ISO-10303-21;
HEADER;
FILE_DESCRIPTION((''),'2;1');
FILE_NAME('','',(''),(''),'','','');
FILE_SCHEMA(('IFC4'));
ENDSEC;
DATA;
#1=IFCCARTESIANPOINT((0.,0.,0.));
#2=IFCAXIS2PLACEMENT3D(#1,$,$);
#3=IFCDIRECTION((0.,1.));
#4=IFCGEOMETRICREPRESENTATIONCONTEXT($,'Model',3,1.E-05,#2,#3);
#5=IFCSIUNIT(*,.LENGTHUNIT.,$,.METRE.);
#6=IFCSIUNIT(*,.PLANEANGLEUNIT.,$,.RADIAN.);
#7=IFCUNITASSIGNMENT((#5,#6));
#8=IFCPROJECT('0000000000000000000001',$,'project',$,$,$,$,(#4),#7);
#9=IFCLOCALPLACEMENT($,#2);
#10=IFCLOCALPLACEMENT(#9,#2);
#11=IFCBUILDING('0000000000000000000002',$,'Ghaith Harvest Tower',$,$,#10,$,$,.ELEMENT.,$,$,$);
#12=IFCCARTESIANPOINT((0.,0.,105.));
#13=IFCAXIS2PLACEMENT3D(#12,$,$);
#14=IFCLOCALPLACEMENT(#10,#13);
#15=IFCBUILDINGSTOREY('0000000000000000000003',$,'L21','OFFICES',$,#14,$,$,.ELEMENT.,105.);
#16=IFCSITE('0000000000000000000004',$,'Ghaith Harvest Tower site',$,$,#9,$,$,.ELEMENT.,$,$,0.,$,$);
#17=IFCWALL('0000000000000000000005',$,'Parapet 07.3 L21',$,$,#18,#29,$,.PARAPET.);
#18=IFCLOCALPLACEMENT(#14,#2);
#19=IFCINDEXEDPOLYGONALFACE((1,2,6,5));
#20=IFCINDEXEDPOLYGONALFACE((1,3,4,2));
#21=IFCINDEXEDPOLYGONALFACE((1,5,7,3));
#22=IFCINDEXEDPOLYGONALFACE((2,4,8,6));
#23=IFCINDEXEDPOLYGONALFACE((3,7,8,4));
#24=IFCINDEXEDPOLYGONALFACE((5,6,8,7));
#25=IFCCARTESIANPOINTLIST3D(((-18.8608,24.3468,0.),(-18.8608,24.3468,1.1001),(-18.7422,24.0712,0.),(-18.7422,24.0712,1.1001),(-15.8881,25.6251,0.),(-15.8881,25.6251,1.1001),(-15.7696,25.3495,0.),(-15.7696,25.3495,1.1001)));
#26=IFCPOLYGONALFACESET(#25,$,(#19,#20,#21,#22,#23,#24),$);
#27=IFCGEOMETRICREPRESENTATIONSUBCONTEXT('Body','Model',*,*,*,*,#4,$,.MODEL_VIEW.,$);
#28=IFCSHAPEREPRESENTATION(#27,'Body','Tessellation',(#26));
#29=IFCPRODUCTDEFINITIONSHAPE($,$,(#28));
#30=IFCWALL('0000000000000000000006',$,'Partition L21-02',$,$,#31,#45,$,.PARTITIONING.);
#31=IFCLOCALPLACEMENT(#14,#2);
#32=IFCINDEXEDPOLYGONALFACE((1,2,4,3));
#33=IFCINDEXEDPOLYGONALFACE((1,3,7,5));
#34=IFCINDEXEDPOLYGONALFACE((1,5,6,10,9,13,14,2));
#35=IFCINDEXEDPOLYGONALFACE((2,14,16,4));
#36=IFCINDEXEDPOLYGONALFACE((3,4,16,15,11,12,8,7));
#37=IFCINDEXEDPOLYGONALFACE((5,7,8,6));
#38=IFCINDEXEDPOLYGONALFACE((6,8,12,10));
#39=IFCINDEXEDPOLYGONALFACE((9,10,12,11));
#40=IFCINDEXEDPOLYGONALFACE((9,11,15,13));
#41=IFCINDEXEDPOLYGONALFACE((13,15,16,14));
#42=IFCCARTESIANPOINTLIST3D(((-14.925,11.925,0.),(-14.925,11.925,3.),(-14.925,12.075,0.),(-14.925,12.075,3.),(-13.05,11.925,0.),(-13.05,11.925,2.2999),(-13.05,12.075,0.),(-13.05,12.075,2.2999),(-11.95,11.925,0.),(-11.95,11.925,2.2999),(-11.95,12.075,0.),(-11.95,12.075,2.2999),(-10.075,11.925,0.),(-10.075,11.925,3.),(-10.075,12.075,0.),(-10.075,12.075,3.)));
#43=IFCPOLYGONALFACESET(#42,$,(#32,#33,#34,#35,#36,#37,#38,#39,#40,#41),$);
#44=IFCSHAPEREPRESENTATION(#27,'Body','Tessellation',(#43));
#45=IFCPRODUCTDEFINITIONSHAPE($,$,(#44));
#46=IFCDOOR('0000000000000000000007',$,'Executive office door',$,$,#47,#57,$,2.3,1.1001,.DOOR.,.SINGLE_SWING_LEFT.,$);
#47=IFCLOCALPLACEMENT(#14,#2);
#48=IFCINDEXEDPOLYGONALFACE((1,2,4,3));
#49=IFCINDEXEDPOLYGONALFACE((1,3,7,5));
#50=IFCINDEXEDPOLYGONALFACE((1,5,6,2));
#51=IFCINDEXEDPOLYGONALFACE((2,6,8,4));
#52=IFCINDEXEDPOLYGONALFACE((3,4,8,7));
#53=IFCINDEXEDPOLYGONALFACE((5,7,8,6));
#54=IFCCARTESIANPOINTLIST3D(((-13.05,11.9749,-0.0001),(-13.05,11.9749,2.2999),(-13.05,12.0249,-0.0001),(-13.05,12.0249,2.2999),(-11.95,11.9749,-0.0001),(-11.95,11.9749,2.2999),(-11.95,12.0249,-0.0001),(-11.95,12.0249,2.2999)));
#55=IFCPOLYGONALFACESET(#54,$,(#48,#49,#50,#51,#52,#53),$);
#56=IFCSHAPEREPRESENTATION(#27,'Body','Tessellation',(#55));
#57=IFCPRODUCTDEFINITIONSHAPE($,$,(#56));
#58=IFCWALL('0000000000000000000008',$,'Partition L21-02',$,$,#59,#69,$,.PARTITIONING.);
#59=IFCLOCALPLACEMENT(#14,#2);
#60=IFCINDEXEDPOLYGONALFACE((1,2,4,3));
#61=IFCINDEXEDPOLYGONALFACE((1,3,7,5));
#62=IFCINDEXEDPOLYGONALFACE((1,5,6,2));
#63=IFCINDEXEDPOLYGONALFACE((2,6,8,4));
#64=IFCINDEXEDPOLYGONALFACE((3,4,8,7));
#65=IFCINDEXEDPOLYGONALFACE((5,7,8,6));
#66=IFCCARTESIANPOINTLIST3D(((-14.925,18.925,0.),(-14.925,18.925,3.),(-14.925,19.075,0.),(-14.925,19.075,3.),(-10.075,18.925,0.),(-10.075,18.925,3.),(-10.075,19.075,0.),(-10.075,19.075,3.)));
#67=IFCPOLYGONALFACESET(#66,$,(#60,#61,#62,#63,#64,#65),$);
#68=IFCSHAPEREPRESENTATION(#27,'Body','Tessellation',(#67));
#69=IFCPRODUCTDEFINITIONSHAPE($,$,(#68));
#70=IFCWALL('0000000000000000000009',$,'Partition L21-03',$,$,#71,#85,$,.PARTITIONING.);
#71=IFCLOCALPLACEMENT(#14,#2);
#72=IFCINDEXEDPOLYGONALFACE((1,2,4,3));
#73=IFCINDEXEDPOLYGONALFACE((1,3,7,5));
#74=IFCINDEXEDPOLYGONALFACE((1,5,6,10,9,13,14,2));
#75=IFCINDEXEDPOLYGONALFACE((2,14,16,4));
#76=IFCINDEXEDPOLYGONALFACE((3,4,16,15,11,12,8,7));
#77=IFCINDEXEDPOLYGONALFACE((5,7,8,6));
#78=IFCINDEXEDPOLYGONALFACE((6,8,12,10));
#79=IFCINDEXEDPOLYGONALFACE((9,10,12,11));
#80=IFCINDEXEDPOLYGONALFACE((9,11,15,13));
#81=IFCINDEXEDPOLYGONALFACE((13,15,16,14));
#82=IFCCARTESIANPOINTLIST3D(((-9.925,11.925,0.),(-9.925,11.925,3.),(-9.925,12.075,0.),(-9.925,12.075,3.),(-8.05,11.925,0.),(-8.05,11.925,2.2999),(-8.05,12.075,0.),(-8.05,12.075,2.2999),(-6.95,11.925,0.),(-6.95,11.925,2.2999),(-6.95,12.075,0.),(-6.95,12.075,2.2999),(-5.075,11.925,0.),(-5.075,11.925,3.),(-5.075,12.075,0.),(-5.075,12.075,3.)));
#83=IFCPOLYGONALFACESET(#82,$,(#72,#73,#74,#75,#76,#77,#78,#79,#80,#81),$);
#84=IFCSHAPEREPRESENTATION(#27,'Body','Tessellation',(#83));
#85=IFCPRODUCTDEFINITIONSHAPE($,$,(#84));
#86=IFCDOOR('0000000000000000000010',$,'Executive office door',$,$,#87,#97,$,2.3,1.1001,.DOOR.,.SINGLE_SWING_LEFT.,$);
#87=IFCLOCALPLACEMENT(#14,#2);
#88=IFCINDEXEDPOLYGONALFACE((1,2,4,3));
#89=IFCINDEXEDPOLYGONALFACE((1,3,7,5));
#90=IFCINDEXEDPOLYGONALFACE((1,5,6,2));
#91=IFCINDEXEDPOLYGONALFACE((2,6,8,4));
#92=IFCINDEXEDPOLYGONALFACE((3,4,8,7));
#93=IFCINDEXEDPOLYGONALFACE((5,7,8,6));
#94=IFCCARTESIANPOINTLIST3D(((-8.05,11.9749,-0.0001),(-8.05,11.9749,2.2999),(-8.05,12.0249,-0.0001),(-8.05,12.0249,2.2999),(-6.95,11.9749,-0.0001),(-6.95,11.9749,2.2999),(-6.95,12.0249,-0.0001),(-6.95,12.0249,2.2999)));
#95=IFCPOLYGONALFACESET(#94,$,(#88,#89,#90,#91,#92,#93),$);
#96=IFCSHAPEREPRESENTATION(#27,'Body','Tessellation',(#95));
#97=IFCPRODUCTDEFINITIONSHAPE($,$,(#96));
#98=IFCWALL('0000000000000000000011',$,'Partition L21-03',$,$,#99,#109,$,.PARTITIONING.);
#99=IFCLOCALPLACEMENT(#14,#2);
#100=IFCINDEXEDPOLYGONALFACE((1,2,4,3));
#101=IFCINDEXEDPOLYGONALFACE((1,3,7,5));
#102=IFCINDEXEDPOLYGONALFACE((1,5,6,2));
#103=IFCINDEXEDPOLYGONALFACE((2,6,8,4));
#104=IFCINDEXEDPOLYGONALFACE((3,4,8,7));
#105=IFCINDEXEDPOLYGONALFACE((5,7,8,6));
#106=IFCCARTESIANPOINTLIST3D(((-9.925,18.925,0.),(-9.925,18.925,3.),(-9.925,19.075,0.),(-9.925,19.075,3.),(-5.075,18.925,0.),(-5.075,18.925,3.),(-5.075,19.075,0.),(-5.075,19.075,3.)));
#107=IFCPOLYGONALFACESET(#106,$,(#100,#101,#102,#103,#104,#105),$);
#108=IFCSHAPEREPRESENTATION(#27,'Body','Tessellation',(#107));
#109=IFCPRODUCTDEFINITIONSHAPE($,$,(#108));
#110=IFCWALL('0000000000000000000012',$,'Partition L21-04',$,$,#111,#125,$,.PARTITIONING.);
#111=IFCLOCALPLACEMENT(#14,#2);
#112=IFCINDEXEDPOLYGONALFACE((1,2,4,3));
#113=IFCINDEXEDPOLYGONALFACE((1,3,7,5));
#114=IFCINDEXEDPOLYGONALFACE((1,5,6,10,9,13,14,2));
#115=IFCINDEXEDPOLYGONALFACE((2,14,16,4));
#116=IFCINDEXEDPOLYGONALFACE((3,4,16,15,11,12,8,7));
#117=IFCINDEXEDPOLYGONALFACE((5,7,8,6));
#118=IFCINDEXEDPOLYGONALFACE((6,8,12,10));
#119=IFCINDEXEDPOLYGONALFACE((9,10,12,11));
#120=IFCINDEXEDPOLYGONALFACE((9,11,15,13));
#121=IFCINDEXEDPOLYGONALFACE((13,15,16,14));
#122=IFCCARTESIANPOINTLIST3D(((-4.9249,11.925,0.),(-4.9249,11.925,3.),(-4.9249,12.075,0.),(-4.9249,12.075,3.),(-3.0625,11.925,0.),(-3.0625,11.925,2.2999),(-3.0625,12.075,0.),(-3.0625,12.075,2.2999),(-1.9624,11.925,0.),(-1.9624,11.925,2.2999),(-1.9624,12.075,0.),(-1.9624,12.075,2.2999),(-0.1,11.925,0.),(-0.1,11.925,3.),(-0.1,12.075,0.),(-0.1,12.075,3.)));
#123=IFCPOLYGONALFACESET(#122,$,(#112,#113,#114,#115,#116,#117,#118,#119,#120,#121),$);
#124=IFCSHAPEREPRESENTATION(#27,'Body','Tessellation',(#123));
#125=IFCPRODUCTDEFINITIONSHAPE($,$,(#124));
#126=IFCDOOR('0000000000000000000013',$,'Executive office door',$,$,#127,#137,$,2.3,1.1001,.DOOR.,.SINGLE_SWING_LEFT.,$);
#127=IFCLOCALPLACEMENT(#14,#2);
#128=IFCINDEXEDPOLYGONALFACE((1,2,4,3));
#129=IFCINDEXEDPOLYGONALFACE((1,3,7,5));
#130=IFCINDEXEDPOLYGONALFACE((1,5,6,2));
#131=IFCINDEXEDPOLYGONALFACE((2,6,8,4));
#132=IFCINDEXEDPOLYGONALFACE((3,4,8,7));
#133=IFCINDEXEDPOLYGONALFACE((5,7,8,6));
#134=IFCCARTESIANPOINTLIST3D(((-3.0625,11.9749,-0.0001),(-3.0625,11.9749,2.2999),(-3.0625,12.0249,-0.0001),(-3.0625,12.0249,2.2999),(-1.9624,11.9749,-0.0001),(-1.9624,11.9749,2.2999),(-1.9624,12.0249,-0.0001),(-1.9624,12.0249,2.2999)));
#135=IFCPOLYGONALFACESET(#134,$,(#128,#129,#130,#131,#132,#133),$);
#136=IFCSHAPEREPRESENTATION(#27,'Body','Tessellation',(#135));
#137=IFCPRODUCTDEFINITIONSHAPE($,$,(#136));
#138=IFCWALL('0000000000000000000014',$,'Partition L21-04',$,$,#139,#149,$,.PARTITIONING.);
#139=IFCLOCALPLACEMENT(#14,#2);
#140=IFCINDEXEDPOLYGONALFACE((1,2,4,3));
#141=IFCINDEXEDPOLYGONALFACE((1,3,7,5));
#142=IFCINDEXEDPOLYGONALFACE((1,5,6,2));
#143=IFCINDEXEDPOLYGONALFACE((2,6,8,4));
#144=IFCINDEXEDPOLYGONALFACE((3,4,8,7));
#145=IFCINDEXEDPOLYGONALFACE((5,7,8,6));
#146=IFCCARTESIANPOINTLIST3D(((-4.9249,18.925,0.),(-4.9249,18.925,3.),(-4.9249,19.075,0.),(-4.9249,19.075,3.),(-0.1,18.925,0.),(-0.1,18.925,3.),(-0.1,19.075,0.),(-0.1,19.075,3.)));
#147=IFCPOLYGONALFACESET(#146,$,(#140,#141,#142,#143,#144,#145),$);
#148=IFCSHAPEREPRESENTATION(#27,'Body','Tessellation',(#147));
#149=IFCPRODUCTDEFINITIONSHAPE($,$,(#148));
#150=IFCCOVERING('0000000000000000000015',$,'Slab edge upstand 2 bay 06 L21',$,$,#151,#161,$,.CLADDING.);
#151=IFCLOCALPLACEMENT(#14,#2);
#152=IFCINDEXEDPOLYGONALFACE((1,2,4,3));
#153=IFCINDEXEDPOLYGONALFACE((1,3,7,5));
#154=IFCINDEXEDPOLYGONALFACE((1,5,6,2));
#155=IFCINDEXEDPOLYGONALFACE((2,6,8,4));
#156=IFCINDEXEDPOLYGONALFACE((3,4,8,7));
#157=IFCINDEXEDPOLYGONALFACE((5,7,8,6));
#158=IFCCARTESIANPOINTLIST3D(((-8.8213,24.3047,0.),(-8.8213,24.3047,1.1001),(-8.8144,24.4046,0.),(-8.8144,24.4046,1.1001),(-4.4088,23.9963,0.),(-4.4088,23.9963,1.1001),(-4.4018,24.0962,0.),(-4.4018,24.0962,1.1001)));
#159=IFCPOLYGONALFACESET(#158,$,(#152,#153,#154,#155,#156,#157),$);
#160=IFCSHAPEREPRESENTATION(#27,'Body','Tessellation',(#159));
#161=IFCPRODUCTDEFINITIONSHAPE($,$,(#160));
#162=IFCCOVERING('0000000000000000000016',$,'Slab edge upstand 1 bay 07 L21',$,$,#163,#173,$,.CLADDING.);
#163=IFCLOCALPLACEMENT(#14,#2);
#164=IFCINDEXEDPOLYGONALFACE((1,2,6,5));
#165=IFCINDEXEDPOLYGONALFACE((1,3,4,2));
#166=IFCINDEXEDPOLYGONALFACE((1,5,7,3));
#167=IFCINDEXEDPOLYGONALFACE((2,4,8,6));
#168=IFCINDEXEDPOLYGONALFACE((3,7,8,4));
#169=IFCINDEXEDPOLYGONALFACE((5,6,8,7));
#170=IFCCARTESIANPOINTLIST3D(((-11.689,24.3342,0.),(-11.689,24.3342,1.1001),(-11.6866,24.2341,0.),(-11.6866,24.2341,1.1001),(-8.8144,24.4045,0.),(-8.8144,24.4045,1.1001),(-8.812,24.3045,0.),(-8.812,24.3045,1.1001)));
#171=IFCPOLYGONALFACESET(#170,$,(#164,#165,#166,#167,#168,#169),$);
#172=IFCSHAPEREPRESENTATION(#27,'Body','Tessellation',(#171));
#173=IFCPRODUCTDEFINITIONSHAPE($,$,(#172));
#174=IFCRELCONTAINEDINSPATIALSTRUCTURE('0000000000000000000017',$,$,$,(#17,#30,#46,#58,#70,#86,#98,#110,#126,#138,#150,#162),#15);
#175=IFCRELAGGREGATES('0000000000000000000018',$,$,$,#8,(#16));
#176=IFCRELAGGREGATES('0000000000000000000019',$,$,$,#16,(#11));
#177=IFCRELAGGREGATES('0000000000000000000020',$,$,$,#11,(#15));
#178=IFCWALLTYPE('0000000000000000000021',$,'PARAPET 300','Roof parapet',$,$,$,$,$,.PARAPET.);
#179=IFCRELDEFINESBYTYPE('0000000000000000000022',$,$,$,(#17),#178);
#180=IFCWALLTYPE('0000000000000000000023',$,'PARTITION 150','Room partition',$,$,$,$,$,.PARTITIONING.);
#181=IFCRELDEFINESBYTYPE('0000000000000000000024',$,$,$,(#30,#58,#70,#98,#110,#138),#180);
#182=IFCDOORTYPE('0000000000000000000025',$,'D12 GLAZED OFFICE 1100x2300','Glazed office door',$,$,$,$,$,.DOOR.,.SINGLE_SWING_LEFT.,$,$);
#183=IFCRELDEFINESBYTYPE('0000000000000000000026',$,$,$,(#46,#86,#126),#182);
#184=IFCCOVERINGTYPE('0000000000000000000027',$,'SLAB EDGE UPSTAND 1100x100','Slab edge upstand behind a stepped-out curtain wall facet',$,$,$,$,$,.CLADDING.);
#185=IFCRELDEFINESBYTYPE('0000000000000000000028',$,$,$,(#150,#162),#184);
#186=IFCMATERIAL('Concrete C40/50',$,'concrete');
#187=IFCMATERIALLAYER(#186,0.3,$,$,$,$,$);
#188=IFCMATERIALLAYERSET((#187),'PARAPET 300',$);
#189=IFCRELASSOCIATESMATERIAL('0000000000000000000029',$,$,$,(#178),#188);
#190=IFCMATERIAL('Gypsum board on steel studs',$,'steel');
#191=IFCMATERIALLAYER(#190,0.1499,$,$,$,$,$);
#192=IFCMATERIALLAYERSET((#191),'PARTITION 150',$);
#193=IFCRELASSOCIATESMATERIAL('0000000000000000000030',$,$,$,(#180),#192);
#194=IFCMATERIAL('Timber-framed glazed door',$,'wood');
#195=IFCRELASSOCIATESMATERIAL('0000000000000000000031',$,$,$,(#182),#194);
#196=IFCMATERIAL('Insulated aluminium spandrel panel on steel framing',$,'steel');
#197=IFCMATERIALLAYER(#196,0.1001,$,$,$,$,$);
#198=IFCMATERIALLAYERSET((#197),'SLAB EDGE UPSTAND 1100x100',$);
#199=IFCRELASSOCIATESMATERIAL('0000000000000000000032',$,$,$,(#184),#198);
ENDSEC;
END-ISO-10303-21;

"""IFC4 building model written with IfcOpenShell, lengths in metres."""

from ifc_helpers import new_model, si_unit, direction, frame, frame_2d, origin, origin_2d, place, context, subcontext, project, spatial, rectangle, extrude, material, layer, layer_set, type_object, element, fill, save


model = new_model("IFC4")

# Units and contexts
model_context = context("Model", 3, precision=1e-05, world=origin(), true_north=direction((0.0, 1.0)))
body_context = subcontext(model_context, "Body", "Model", "MODEL_VIEW")
ifc_project = project(units=[si_unit("LENGTHUNIT", "METRE"), si_unit("PLANEANGLEUNIT", "RADIAN")], contexts=[model_context])

# Site, building, storey
site_placement = place(None, origin())
site = spatial("IfcSite", under=ifc_project, at=site_placement, Name="Ghaith Harvest Tower site", CompositionType="ELEMENT", RefElevation=0.0)
building_placement = place(site_placement, origin())
building = spatial("IfcBuilding", under=site, at=building_placement, Name="Ghaith Harvest Tower", CompositionType="ELEMENT")
storey_placement = place(building_placement, frame((0.0, 0.0, 105.0)))
storey = spatial("IfcBuildingStorey", under=building, at=storey_placement, Name="L21", Description="OFFICES", CompositionType="ELEMENT", Elevation=105.0)

# Wall
ifc_material_1 = material(Name="Concrete C40/50", Category="concrete")
ifc_layer_1 = layer(ifc_material_1, 0.3)
ifc_layer_set_1 = layer_set([ifc_layer_1], Name="PARAPET 300")
wall_type_1 = type_object("IfcWallType", Name="PARAPET 300", Description="Roof parapet", PredefinedType="PARAPET", material=ifc_layer_set_1)
wall_1_placement = place(storey_placement, frame((-15.8289, 25.4873, 0.0), z_axis=(0.0, 0.0, 1.0), x_axis=(-0.91866, -0.395048, 0.0)))
element("IfcWall", 1, at=wall_1_placement, inside=storey, type_object=wall_type_1, Name="Parapet 07.3 L21", PredefinedType="PARAPET", context=body_context, shape_type="SweptSolid", body=[
    extrude(rectangle(XDim=3.2358, YDim=0.3, at=frame_2d((1.6179, 0.0))), origin(), (0.0, 0.0, 1.0), 1.1001),
])

# Wall, opening, door
ifc_material_2 = material(Name="Gypsum board on steel studs", Category="steel")
ifc_layer_2 = layer(ifc_material_2, 0.1499)
ifc_layer_set_2 = layer_set([ifc_layer_2], Name="PARTITION 150")
wall_type_2 = type_object("IfcWallType", Name="PARTITION 150", Description="Room partition", PredefinedType="PARTITIONING", material=ifc_layer_set_2)
wall_2_placement = place(storey_placement, frame((-14.925, 12.0, 0.0), z_axis=(0.0, 0.0, 1.0), x_axis=(1.0, 0.0, 0.0)))
wall_2 = element("IfcWall", 2, at=wall_2_placement, inside=storey, type_object=wall_type_2, Name="Partition L21-02", PredefinedType="PARTITIONING", context=body_context, shape_type="SweptSolid", body=[
    extrude(rectangle(XDim=4.8501, YDim=0.1499, at=frame_2d((2.425, 0.0))), origin(), (0.0, 0.0, 1.0), 3.0),
])
opening_1_placement = place(wall_2_placement, frame((1.875, 0.0, 0.0)))
opening_1 = element("IfcOpeningElement", 3, at=opening_1_placement, cuts=wall_2, PredefinedType="OPENING", context=body_context, shape_type="SweptSolid", body=[
    extrude(rectangle(XDim=1.1001, YDim=2.3, at=frame_2d((0.55, 1.1499))), frame((0.0, 0.085, 0.0), z_axis=(0.0, -1.0, 0.0), x_axis=(1.0, 0.0, 0.0)), (0.0, 0.0, 1.0), 0.1699),
])
ifc_material_3 = material(Name="Timber-framed glazed door", Category="wood")
door_type = type_object("IfcDoorType", Name="D12 GLAZED OFFICE 1100x2300", Description="Glazed office door", OperationType="SINGLE_SWING_LEFT", PredefinedType="DOOR", material=ifc_material_3)
door_1_placement = place(opening_1_placement, origin())
door_1 = element("IfcDoor", 4, at=door_1_placement, inside=storey, type_object=door_type, Name="Executive office door", OperationType="SINGLE_SWING_LEFT", OverallHeight=2.3, OverallWidth=1.1001, PredefinedType="DOOR", context=body_context, shape_type="SweptSolid", body=[
    extrude(rectangle(XDim=1.1001, YDim=2.3, at=frame_2d((0.55, 1.1499))), frame((0.0, 0.0249, 0.0), z_axis=(0.0, -1.0, 0.0), x_axis=(1.0, 0.0, 0.0)), (0.0, 0.0, 1.0), 0.05),
])
fill(opening_1, door_1)

# Wall
wall_3_placement = place(storey_placement, frame((-14.925, 19.0, 0.0), z_axis=(0.0, 0.0, 1.0), x_axis=(1.0, 0.0, 0.0)))
element("IfcWall", 5, at=wall_3_placement, inside=storey, type_object=wall_type_2, Name="Partition L21-02", PredefinedType="PARTITIONING", context=body_context, shape_type="SweptSolid", body=[
    extrude(rectangle(XDim=4.8501, YDim=0.1499, at=frame_2d((2.425, 0.0))), origin(), (0.0, 0.0, 1.0), 3.0),
])

# Wall, opening, door
wall_4_placement = place(storey_placement, frame((-9.925, 12.0, 0.0), z_axis=(0.0, 0.0, 1.0), x_axis=(1.0, 0.0, 0.0)))
wall_4 = element("IfcWall", 6, at=wall_4_placement, inside=storey, type_object=wall_type_2, Name="Partition L21-03", PredefinedType="PARTITIONING", context=body_context, shape_type="SweptSolid", body=[
    extrude(rectangle(XDim=4.8501, YDim=0.1499, at=frame_2d((2.425, 0.0))), origin(), (0.0, 0.0, 1.0), 3.0),
])
opening_2_placement = place(wall_4_placement, frame((1.875, 0.0, 0.0)))
opening_2 = element("IfcOpeningElement", 7, at=opening_2_placement, cuts=wall_4, PredefinedType="OPENING", context=body_context, shape_type="SweptSolid", body=[
    extrude(rectangle(XDim=1.1001, YDim=2.3, at=frame_2d((0.55, 1.1499))), frame((0.0, 0.085, 0.0), z_axis=(0.0, -1.0, 0.0), x_axis=(1.0, 0.0, 0.0)), (0.0, 0.0, 1.0), 0.1699),
])
door_2_placement = place(opening_2_placement, origin())
door_2 = element("IfcDoor", 8, at=door_2_placement, inside=storey, type_object=door_type, Name="Executive office door", OperationType="SINGLE_SWING_LEFT", OverallHeight=2.3, OverallWidth=1.1001, PredefinedType="DOOR", context=body_context, shape_type="SweptSolid", body=[
    extrude(rectangle(XDim=1.1001, YDim=2.3, at=frame_2d((0.55, 1.1499))), frame((0.0, 0.0249, 0.0), z_axis=(0.0, -1.0, 0.0), x_axis=(1.0, 0.0, 0.0)), (0.0, 0.0, 1.0), 0.05),
])
fill(opening_2, door_2)

# Wall
wall_5_placement = place(storey_placement, frame((-9.925, 19.0, 0.0), z_axis=(0.0, 0.0, 1.0), x_axis=(1.0, 0.0, 0.0)))
element("IfcWall", 9, at=wall_5_placement, inside=storey, type_object=wall_type_2, Name="Partition L21-03", PredefinedType="PARTITIONING", context=body_context, shape_type="SweptSolid", body=[
    extrude(rectangle(XDim=4.8501, YDim=0.1499, at=frame_2d((2.425, 0.0))), origin(), (0.0, 0.0, 1.0), 3.0),
])

# Wall, opening, door
wall_6_placement = place(storey_placement, frame((-4.925, 12.0, 0.0), z_axis=(0.0, 0.0, 1.0), x_axis=(1.0, 0.0, 0.0)))
wall_6 = element("IfcWall", 10, at=wall_6_placement, inside=storey, type_object=wall_type_2, Name="Partition L21-04", PredefinedType="PARTITIONING", context=body_context, shape_type="SweptSolid", body=[
    extrude(rectangle(XDim=4.825, YDim=0.1499, at=frame_2d((2.4126, 0.0))), origin(), (0.0, 0.0, 1.0), 3.0),
])
opening_3_placement = place(wall_6_placement, frame((1.8625, 0.0, 0.0)))
opening_3 = element("IfcOpeningElement", 11, at=opening_3_placement, cuts=wall_6, PredefinedType="OPENING", context=body_context, shape_type="SweptSolid", body=[
    extrude(rectangle(XDim=1.1001, YDim=2.3, at=frame_2d((0.55, 1.1499))), frame((0.0, 0.085, 0.0), z_axis=(0.0, -1.0, 0.0), x_axis=(1.0, 0.0, 0.0)), (0.0, 0.0, 1.0), 0.1699),
])
door_3_placement = place(opening_3_placement, origin())
door_3 = element("IfcDoor", 12, at=door_3_placement, inside=storey, type_object=door_type, Name="Executive office door", OperationType="SINGLE_SWING_LEFT", OverallHeight=2.3, OverallWidth=1.1001, PredefinedType="DOOR", context=body_context, shape_type="SweptSolid", body=[
    extrude(rectangle(XDim=1.1001, YDim=2.3, at=frame_2d((0.55, 1.1499))), frame((0.0, 0.0249, 0.0), z_axis=(0.0, -1.0, 0.0), x_axis=(1.0, 0.0, 0.0)), (0.0, 0.0, 1.0), 0.05),
])
fill(opening_3, door_3)

# Wall
wall_7_placement = place(storey_placement, frame((-4.925, 19.0, 0.0), z_axis=(0.0, 0.0, 1.0), x_axis=(1.0, 0.0, 0.0)))
element("IfcWall", 13, at=wall_7_placement, inside=storey, type_object=wall_type_2, Name="Partition L21-04", PredefinedType="PARTITIONING", context=body_context, shape_type="SweptSolid", body=[
    extrude(rectangle(XDim=4.825, YDim=0.1499, at=frame_2d((2.4126, 0.0))), origin(), (0.0, 0.0, 1.0), 3.0),
])

# Coverings
ifc_material_4 = material(Name="Insulated aluminium spandrel panel on steel framing", Category="steel")
ifc_layer_3 = layer(ifc_material_4, 0.1001)
ifc_layer_set_3 = layer_set([ifc_layer_3], Name="SLAB EDGE UPSTAND 1100x100")
covering_type = type_object("IfcCoveringType", Name="SLAB EDGE UPSTAND 1100x100", Description="Slab edge upstand behind a stepped-out curtain wall facet", PredefinedType="CLADDING", material=ifc_layer_set_3)
covering_1_placement = place(storey_placement, frame((-6.6116, 24.2004, 0.0), z_axis=(0.0, 0.0, 1.0), x_axis=(-0.997566, 0.069726, 0.0)))
element("IfcCovering", 14, at=covering_1_placement, inside=storey, type_object=covering_type, Name="Slab edge upstand 2 bay 06 L21", PredefinedType="CLADDING", context=body_context, shape_type="SweptSolid", body=[
    extrude(rectangle(XDim=4.4233, YDim=0.1001, at=origin_2d()), origin(), (0.0, 0.0, 1.0), 1.1001),
])
covering_2_placement = place(storey_placement, frame((-10.2505, 24.3193, 0.0), z_axis=(0.0, 0.0, 1.0), x_axis=(-0.999701, -0.024458, 0.0)))
element("IfcCovering", 15, at=covering_2_placement, inside=storey, type_object=covering_type, Name="Slab edge upstand 1 bay 07 L21", PredefinedType="CLADDING", context=body_context, shape_type="SweptSolid", body=[
    extrude(rectangle(XDim=2.8755, YDim=0.1001, at=origin_2d()), origin(), (0.0, 0.0, 1.0), 1.1001),
])

save(model, "model.ifc")
